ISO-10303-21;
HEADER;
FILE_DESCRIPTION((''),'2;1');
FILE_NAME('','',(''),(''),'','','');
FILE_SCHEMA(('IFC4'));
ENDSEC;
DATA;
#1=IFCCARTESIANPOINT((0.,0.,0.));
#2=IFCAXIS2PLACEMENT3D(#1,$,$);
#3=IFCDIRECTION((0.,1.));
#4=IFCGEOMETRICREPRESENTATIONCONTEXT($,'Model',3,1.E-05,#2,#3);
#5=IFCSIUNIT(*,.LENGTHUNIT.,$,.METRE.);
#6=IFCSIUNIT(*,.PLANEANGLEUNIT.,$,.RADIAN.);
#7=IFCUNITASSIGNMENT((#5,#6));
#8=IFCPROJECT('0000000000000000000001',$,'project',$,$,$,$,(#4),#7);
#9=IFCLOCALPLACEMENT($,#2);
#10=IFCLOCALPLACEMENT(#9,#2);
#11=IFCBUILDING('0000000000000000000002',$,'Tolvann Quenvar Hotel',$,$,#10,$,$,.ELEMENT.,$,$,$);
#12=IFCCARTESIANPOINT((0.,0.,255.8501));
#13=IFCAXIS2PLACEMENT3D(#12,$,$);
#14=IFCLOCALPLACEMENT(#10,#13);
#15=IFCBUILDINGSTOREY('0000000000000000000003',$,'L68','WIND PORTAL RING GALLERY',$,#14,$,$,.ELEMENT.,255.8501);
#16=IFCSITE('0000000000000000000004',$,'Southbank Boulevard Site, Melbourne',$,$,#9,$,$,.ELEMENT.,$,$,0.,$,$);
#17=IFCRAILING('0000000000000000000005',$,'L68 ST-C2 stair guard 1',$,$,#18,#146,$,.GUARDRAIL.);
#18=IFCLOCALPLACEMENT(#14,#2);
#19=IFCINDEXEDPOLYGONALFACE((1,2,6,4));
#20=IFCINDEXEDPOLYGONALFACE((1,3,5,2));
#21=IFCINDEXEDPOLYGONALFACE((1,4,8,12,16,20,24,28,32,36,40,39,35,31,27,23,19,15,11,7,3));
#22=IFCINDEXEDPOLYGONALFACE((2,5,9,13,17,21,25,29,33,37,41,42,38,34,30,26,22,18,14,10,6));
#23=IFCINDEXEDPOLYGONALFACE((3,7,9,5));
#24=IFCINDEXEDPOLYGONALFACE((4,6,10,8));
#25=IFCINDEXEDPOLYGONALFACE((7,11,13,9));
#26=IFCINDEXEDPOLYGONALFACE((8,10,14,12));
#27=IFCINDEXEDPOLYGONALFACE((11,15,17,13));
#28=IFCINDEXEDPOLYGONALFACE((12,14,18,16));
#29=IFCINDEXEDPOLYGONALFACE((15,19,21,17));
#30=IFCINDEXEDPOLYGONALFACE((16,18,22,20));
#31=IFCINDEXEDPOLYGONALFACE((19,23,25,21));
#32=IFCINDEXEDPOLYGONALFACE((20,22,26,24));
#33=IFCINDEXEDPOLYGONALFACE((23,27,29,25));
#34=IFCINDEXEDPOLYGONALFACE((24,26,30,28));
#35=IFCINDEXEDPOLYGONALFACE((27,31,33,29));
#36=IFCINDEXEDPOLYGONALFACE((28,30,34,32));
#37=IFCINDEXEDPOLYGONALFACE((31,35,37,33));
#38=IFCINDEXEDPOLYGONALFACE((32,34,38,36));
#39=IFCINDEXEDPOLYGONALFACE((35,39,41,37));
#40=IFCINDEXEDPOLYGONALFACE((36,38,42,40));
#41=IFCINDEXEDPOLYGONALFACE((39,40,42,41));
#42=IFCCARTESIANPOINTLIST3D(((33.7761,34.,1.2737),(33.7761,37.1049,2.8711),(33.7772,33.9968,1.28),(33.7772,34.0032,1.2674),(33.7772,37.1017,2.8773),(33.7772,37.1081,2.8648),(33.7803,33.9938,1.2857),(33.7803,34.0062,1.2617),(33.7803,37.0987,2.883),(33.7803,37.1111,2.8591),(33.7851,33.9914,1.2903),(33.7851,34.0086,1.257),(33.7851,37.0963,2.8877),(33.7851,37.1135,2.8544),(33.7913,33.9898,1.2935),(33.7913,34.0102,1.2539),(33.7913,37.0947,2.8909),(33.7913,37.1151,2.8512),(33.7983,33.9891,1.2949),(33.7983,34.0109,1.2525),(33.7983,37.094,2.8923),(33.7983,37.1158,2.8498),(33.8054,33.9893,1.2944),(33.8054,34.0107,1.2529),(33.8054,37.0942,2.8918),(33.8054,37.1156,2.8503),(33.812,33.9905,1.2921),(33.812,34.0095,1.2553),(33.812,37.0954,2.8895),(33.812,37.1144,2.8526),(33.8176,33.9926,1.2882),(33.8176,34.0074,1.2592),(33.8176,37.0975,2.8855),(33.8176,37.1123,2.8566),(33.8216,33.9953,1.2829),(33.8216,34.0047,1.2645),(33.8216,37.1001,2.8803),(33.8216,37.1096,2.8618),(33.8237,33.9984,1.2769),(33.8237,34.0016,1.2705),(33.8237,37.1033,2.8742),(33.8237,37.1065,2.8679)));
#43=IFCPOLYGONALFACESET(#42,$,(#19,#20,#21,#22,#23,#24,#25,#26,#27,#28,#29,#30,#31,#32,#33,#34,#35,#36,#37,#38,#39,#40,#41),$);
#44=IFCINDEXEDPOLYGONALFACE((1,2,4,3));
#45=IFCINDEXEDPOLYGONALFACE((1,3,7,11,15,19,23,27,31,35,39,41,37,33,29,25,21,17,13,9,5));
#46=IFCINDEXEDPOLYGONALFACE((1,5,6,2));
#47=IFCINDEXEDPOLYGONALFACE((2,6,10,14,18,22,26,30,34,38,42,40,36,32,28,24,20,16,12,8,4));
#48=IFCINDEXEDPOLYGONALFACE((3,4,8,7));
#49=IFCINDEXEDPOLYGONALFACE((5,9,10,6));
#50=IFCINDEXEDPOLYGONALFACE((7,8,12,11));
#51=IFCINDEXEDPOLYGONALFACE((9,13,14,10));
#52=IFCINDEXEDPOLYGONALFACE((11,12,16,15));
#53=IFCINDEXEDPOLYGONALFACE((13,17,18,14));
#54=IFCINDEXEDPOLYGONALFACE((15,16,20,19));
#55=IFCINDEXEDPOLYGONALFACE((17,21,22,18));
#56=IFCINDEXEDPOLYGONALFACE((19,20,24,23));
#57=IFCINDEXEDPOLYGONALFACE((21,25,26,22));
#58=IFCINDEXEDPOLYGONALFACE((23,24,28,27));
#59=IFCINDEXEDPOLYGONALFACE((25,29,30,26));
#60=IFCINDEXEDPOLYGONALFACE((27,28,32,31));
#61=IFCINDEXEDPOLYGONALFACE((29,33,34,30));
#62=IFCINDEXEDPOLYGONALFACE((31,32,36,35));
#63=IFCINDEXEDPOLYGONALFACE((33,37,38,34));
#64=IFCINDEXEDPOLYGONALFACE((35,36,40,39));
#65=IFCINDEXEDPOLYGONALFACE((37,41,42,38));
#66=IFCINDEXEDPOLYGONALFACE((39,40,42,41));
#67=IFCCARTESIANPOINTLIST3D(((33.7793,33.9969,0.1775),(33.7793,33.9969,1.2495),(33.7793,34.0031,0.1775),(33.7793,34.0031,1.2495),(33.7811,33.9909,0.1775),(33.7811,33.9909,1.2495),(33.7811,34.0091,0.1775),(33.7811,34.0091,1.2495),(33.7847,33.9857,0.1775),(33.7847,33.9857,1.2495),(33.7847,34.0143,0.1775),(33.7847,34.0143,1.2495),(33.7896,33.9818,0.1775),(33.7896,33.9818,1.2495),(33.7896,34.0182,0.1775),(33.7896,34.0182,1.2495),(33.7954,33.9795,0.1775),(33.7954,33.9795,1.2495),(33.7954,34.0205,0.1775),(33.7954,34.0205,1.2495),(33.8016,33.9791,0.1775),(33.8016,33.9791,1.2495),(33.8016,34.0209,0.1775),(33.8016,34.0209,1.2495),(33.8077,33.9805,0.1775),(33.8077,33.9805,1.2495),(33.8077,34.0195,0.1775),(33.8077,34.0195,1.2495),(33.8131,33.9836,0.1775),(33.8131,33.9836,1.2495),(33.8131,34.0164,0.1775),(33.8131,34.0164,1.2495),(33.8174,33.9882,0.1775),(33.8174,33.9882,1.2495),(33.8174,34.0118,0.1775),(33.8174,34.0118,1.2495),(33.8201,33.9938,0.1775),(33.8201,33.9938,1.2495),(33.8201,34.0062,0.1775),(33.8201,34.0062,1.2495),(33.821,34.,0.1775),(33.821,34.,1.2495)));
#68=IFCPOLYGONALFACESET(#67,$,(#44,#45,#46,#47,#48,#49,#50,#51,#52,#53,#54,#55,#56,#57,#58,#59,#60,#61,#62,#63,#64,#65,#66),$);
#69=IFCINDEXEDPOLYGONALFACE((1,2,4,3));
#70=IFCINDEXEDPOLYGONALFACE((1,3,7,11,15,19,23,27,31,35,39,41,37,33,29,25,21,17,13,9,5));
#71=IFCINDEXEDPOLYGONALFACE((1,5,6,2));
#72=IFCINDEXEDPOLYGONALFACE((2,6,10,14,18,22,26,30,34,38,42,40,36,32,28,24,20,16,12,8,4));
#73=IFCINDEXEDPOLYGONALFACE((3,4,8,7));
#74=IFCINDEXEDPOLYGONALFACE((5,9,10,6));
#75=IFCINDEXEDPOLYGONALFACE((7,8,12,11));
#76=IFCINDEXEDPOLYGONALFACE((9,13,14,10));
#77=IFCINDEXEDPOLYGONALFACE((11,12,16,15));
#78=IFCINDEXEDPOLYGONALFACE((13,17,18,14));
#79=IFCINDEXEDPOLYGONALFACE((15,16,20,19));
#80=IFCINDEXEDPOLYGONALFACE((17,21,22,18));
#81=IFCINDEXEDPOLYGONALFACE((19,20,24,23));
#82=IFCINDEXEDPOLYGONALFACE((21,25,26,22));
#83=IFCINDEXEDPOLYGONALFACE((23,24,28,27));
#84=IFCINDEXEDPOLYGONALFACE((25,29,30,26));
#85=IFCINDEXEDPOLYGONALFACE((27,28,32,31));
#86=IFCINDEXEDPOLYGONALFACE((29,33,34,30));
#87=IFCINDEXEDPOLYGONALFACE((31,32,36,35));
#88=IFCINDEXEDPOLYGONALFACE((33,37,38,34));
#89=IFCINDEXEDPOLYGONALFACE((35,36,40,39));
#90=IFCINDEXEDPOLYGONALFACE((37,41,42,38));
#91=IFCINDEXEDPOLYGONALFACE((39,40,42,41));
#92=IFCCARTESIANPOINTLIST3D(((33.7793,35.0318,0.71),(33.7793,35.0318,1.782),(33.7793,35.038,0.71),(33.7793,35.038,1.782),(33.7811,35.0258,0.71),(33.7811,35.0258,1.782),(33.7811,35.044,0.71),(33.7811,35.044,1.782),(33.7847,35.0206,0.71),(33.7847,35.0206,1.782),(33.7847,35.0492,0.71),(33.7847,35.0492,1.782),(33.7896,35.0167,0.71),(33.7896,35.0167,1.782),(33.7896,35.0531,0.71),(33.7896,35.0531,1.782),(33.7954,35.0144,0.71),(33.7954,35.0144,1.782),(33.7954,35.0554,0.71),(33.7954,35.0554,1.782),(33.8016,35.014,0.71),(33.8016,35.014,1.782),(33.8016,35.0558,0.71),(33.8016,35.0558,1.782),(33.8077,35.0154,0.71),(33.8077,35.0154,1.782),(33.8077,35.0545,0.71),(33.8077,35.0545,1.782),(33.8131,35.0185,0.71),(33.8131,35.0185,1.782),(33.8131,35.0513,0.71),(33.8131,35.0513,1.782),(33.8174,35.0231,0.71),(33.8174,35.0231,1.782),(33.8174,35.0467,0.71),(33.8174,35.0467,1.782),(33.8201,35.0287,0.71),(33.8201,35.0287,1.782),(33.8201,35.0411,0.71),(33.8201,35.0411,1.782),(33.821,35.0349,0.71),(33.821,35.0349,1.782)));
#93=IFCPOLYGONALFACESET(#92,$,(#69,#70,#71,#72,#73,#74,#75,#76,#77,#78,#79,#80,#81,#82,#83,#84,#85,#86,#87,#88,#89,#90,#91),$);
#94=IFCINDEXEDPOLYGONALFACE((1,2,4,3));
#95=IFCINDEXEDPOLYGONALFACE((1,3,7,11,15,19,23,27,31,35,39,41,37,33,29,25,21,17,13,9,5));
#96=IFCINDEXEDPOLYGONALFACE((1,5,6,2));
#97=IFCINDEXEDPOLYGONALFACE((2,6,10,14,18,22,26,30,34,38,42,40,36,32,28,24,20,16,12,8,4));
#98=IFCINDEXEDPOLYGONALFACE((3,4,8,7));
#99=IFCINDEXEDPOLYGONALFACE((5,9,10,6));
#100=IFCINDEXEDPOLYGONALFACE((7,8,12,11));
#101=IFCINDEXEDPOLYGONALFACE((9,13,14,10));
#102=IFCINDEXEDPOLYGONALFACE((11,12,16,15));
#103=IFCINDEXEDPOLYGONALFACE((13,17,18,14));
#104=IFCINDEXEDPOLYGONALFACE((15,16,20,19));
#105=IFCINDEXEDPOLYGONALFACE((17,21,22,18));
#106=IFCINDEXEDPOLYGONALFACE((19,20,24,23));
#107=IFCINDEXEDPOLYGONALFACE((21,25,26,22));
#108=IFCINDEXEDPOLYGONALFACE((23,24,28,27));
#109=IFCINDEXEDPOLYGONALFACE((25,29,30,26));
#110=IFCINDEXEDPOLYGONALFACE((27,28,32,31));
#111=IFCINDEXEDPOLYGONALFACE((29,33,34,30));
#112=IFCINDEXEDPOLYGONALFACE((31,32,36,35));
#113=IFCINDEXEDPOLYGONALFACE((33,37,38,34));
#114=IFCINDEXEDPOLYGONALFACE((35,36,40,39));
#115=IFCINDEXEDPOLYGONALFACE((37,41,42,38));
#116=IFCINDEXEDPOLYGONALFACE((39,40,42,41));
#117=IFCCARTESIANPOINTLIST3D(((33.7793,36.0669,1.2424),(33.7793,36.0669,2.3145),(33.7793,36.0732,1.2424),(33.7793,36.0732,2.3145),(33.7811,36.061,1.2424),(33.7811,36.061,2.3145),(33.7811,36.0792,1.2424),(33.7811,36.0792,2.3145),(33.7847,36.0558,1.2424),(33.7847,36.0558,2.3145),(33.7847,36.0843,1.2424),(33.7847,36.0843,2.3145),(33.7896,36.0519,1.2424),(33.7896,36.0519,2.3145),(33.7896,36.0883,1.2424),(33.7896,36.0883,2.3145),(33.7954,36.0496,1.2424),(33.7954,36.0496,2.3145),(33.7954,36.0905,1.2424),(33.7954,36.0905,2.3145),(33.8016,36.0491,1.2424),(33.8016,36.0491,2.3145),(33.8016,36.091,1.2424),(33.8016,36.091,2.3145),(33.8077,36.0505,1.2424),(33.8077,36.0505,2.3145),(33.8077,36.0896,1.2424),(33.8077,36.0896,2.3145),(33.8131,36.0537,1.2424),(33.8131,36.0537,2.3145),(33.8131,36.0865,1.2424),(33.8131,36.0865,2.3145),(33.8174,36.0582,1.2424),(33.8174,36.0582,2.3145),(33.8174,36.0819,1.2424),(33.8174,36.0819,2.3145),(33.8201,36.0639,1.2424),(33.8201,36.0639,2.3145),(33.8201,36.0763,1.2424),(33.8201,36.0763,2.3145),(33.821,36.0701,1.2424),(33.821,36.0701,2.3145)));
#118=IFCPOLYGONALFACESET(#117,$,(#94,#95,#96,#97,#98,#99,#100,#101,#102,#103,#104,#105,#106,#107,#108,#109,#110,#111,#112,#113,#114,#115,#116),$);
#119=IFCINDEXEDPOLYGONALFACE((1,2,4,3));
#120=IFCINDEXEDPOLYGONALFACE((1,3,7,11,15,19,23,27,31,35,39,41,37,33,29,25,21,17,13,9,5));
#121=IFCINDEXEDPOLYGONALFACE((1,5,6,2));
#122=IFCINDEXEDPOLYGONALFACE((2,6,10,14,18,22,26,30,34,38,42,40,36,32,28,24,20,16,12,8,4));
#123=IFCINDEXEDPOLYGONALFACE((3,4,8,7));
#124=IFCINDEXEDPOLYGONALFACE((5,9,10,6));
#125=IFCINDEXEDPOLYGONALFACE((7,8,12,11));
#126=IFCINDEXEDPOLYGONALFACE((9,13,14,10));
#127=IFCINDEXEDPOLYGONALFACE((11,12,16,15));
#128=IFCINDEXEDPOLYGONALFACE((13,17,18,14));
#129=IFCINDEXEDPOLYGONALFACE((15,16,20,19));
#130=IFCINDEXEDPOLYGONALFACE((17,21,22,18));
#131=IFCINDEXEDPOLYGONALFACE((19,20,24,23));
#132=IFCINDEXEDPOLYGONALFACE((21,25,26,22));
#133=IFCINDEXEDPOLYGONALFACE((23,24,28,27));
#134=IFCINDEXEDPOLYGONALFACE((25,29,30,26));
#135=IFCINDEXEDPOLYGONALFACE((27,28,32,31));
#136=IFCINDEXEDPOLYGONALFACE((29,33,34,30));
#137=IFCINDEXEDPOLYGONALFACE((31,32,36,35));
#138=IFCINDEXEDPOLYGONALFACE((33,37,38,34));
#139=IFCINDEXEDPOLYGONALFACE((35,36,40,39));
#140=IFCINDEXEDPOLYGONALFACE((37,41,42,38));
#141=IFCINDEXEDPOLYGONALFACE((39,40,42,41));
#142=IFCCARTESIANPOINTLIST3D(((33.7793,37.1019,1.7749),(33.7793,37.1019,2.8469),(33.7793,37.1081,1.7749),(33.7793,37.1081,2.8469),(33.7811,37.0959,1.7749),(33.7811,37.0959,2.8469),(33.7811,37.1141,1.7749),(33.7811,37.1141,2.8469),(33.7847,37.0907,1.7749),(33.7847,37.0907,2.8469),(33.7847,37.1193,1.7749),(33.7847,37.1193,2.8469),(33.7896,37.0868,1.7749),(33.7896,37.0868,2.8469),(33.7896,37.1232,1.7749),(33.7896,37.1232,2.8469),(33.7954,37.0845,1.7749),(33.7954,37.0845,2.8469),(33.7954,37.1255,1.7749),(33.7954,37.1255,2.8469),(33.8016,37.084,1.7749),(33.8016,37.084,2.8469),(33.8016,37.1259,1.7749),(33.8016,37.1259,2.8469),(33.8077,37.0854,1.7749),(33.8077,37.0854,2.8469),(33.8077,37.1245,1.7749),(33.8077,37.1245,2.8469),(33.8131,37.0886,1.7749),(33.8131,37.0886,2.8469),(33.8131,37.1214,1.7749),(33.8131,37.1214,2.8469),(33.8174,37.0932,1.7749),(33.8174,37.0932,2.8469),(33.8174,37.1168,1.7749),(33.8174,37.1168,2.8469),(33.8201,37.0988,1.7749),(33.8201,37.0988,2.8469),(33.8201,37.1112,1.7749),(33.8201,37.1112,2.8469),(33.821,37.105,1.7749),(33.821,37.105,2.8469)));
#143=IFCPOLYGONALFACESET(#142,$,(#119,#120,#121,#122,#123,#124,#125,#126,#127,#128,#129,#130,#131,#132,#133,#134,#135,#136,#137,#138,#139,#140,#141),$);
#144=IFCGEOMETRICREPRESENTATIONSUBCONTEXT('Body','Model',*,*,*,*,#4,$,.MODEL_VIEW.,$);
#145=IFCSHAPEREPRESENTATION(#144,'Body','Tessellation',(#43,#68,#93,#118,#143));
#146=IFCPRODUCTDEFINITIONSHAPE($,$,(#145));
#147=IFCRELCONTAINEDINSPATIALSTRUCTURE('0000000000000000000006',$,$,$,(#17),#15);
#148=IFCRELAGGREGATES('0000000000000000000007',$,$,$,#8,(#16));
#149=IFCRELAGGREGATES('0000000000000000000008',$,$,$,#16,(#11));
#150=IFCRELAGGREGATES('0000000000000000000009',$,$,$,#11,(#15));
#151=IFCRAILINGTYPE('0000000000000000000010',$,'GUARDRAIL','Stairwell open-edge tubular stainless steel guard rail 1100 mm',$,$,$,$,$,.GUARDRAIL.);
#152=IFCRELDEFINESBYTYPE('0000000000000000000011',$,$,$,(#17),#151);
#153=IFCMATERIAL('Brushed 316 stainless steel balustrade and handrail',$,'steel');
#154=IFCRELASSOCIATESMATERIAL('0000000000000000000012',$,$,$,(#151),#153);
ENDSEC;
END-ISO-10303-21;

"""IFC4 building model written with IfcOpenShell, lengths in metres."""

from ifc_helpers import new_model, si_unit, direction, frame, origin, origin_2d, place, context, subcontext, project, spatial, circle, extrude, material, type_object, element, save


model = new_model("IFC4")

# Units and contexts
model_context = context("Model", 3, precision=1e-05, world=origin(), true_north=direction((0.0, 1.0)))
body_context = subcontext(model_context, "Body", "Model", "MODEL_VIEW")
ifc_project = project(units=[si_unit("LENGTHUNIT", "METRE"), si_unit("PLANEANGLEUNIT", "RADIAN")], contexts=[model_context])

# Site, building, storey
site_placement = place(None, origin())
site = spatial("IfcSite", under=ifc_project, at=site_placement, Name="Southbank Boulevard Site, Melbourne", CompositionType="ELEMENT", RefElevation=0.0)
building_placement = place(site_placement, origin())
building = spatial("IfcBuilding", under=site, at=building_placement, Name="Tolvann Quenvar Hotel", CompositionType="ELEMENT")
storey_placement = place(building_placement, frame((0.0, 0.0, 255.8501)))
storey = spatial("IfcBuildingStorey", under=building, at=storey_placement, Name="L68", Description="WIND PORTAL RING GALLERY", CompositionType="ELEMENT", Elevation=255.8501)

# Railing
ifc_material_1 = material(Name="Brushed 316 stainless steel balustrade and handrail", Category="steel")
railing_type_1 = type_object("IfcRailingType", Name="GUARDRAIL", Description="Stairwell open-edge tubular stainless steel guard rail 1100 mm", PredefinedType="GUARDRAIL", material=ifc_material_1)
railing_1_placement = place(storey_placement, frame((33.8, 34.0, 0.1775)))
element("IfcRailing", 1, at=railing_1_placement, inside=storey, type_object=railing_type_1, Name="L68 ST-C2 stair guard 1", PredefinedType="GUARDRAIL", context=body_context, shape_type="SweptSolid", body=[
    extrude(circle(Radius=0.0239, at=origin_2d()), frame((0.0, 0.0, 1.0962), z_axis=(0.0, 0.889222, 0.457476), x_axis=(-1.0, 0.0, 0.0)), (0.0, 0.0, 1.0), 3.4917),
    extrude(circle(Radius=0.021, at=origin_2d()), origin(), (0.0, 0.0, 1.0), 1.072),
    extrude(circle(Radius=0.021, at=origin_2d()), frame((0.0, 1.0349, 0.5325)), (0.0, 0.0, 1.0), 1.072),
    extrude(circle(Radius=0.021, at=origin_2d()), frame((0.0, 2.0701, 1.0649)), (0.0, 0.0, 1.0), 1.072),
    extrude(circle(Radius=0.021, at=origin_2d()), frame((0.0, 3.105, 1.5974)), (0.0, 0.0, 1.0), 1.072),
])

save(model, "model.ifc")
